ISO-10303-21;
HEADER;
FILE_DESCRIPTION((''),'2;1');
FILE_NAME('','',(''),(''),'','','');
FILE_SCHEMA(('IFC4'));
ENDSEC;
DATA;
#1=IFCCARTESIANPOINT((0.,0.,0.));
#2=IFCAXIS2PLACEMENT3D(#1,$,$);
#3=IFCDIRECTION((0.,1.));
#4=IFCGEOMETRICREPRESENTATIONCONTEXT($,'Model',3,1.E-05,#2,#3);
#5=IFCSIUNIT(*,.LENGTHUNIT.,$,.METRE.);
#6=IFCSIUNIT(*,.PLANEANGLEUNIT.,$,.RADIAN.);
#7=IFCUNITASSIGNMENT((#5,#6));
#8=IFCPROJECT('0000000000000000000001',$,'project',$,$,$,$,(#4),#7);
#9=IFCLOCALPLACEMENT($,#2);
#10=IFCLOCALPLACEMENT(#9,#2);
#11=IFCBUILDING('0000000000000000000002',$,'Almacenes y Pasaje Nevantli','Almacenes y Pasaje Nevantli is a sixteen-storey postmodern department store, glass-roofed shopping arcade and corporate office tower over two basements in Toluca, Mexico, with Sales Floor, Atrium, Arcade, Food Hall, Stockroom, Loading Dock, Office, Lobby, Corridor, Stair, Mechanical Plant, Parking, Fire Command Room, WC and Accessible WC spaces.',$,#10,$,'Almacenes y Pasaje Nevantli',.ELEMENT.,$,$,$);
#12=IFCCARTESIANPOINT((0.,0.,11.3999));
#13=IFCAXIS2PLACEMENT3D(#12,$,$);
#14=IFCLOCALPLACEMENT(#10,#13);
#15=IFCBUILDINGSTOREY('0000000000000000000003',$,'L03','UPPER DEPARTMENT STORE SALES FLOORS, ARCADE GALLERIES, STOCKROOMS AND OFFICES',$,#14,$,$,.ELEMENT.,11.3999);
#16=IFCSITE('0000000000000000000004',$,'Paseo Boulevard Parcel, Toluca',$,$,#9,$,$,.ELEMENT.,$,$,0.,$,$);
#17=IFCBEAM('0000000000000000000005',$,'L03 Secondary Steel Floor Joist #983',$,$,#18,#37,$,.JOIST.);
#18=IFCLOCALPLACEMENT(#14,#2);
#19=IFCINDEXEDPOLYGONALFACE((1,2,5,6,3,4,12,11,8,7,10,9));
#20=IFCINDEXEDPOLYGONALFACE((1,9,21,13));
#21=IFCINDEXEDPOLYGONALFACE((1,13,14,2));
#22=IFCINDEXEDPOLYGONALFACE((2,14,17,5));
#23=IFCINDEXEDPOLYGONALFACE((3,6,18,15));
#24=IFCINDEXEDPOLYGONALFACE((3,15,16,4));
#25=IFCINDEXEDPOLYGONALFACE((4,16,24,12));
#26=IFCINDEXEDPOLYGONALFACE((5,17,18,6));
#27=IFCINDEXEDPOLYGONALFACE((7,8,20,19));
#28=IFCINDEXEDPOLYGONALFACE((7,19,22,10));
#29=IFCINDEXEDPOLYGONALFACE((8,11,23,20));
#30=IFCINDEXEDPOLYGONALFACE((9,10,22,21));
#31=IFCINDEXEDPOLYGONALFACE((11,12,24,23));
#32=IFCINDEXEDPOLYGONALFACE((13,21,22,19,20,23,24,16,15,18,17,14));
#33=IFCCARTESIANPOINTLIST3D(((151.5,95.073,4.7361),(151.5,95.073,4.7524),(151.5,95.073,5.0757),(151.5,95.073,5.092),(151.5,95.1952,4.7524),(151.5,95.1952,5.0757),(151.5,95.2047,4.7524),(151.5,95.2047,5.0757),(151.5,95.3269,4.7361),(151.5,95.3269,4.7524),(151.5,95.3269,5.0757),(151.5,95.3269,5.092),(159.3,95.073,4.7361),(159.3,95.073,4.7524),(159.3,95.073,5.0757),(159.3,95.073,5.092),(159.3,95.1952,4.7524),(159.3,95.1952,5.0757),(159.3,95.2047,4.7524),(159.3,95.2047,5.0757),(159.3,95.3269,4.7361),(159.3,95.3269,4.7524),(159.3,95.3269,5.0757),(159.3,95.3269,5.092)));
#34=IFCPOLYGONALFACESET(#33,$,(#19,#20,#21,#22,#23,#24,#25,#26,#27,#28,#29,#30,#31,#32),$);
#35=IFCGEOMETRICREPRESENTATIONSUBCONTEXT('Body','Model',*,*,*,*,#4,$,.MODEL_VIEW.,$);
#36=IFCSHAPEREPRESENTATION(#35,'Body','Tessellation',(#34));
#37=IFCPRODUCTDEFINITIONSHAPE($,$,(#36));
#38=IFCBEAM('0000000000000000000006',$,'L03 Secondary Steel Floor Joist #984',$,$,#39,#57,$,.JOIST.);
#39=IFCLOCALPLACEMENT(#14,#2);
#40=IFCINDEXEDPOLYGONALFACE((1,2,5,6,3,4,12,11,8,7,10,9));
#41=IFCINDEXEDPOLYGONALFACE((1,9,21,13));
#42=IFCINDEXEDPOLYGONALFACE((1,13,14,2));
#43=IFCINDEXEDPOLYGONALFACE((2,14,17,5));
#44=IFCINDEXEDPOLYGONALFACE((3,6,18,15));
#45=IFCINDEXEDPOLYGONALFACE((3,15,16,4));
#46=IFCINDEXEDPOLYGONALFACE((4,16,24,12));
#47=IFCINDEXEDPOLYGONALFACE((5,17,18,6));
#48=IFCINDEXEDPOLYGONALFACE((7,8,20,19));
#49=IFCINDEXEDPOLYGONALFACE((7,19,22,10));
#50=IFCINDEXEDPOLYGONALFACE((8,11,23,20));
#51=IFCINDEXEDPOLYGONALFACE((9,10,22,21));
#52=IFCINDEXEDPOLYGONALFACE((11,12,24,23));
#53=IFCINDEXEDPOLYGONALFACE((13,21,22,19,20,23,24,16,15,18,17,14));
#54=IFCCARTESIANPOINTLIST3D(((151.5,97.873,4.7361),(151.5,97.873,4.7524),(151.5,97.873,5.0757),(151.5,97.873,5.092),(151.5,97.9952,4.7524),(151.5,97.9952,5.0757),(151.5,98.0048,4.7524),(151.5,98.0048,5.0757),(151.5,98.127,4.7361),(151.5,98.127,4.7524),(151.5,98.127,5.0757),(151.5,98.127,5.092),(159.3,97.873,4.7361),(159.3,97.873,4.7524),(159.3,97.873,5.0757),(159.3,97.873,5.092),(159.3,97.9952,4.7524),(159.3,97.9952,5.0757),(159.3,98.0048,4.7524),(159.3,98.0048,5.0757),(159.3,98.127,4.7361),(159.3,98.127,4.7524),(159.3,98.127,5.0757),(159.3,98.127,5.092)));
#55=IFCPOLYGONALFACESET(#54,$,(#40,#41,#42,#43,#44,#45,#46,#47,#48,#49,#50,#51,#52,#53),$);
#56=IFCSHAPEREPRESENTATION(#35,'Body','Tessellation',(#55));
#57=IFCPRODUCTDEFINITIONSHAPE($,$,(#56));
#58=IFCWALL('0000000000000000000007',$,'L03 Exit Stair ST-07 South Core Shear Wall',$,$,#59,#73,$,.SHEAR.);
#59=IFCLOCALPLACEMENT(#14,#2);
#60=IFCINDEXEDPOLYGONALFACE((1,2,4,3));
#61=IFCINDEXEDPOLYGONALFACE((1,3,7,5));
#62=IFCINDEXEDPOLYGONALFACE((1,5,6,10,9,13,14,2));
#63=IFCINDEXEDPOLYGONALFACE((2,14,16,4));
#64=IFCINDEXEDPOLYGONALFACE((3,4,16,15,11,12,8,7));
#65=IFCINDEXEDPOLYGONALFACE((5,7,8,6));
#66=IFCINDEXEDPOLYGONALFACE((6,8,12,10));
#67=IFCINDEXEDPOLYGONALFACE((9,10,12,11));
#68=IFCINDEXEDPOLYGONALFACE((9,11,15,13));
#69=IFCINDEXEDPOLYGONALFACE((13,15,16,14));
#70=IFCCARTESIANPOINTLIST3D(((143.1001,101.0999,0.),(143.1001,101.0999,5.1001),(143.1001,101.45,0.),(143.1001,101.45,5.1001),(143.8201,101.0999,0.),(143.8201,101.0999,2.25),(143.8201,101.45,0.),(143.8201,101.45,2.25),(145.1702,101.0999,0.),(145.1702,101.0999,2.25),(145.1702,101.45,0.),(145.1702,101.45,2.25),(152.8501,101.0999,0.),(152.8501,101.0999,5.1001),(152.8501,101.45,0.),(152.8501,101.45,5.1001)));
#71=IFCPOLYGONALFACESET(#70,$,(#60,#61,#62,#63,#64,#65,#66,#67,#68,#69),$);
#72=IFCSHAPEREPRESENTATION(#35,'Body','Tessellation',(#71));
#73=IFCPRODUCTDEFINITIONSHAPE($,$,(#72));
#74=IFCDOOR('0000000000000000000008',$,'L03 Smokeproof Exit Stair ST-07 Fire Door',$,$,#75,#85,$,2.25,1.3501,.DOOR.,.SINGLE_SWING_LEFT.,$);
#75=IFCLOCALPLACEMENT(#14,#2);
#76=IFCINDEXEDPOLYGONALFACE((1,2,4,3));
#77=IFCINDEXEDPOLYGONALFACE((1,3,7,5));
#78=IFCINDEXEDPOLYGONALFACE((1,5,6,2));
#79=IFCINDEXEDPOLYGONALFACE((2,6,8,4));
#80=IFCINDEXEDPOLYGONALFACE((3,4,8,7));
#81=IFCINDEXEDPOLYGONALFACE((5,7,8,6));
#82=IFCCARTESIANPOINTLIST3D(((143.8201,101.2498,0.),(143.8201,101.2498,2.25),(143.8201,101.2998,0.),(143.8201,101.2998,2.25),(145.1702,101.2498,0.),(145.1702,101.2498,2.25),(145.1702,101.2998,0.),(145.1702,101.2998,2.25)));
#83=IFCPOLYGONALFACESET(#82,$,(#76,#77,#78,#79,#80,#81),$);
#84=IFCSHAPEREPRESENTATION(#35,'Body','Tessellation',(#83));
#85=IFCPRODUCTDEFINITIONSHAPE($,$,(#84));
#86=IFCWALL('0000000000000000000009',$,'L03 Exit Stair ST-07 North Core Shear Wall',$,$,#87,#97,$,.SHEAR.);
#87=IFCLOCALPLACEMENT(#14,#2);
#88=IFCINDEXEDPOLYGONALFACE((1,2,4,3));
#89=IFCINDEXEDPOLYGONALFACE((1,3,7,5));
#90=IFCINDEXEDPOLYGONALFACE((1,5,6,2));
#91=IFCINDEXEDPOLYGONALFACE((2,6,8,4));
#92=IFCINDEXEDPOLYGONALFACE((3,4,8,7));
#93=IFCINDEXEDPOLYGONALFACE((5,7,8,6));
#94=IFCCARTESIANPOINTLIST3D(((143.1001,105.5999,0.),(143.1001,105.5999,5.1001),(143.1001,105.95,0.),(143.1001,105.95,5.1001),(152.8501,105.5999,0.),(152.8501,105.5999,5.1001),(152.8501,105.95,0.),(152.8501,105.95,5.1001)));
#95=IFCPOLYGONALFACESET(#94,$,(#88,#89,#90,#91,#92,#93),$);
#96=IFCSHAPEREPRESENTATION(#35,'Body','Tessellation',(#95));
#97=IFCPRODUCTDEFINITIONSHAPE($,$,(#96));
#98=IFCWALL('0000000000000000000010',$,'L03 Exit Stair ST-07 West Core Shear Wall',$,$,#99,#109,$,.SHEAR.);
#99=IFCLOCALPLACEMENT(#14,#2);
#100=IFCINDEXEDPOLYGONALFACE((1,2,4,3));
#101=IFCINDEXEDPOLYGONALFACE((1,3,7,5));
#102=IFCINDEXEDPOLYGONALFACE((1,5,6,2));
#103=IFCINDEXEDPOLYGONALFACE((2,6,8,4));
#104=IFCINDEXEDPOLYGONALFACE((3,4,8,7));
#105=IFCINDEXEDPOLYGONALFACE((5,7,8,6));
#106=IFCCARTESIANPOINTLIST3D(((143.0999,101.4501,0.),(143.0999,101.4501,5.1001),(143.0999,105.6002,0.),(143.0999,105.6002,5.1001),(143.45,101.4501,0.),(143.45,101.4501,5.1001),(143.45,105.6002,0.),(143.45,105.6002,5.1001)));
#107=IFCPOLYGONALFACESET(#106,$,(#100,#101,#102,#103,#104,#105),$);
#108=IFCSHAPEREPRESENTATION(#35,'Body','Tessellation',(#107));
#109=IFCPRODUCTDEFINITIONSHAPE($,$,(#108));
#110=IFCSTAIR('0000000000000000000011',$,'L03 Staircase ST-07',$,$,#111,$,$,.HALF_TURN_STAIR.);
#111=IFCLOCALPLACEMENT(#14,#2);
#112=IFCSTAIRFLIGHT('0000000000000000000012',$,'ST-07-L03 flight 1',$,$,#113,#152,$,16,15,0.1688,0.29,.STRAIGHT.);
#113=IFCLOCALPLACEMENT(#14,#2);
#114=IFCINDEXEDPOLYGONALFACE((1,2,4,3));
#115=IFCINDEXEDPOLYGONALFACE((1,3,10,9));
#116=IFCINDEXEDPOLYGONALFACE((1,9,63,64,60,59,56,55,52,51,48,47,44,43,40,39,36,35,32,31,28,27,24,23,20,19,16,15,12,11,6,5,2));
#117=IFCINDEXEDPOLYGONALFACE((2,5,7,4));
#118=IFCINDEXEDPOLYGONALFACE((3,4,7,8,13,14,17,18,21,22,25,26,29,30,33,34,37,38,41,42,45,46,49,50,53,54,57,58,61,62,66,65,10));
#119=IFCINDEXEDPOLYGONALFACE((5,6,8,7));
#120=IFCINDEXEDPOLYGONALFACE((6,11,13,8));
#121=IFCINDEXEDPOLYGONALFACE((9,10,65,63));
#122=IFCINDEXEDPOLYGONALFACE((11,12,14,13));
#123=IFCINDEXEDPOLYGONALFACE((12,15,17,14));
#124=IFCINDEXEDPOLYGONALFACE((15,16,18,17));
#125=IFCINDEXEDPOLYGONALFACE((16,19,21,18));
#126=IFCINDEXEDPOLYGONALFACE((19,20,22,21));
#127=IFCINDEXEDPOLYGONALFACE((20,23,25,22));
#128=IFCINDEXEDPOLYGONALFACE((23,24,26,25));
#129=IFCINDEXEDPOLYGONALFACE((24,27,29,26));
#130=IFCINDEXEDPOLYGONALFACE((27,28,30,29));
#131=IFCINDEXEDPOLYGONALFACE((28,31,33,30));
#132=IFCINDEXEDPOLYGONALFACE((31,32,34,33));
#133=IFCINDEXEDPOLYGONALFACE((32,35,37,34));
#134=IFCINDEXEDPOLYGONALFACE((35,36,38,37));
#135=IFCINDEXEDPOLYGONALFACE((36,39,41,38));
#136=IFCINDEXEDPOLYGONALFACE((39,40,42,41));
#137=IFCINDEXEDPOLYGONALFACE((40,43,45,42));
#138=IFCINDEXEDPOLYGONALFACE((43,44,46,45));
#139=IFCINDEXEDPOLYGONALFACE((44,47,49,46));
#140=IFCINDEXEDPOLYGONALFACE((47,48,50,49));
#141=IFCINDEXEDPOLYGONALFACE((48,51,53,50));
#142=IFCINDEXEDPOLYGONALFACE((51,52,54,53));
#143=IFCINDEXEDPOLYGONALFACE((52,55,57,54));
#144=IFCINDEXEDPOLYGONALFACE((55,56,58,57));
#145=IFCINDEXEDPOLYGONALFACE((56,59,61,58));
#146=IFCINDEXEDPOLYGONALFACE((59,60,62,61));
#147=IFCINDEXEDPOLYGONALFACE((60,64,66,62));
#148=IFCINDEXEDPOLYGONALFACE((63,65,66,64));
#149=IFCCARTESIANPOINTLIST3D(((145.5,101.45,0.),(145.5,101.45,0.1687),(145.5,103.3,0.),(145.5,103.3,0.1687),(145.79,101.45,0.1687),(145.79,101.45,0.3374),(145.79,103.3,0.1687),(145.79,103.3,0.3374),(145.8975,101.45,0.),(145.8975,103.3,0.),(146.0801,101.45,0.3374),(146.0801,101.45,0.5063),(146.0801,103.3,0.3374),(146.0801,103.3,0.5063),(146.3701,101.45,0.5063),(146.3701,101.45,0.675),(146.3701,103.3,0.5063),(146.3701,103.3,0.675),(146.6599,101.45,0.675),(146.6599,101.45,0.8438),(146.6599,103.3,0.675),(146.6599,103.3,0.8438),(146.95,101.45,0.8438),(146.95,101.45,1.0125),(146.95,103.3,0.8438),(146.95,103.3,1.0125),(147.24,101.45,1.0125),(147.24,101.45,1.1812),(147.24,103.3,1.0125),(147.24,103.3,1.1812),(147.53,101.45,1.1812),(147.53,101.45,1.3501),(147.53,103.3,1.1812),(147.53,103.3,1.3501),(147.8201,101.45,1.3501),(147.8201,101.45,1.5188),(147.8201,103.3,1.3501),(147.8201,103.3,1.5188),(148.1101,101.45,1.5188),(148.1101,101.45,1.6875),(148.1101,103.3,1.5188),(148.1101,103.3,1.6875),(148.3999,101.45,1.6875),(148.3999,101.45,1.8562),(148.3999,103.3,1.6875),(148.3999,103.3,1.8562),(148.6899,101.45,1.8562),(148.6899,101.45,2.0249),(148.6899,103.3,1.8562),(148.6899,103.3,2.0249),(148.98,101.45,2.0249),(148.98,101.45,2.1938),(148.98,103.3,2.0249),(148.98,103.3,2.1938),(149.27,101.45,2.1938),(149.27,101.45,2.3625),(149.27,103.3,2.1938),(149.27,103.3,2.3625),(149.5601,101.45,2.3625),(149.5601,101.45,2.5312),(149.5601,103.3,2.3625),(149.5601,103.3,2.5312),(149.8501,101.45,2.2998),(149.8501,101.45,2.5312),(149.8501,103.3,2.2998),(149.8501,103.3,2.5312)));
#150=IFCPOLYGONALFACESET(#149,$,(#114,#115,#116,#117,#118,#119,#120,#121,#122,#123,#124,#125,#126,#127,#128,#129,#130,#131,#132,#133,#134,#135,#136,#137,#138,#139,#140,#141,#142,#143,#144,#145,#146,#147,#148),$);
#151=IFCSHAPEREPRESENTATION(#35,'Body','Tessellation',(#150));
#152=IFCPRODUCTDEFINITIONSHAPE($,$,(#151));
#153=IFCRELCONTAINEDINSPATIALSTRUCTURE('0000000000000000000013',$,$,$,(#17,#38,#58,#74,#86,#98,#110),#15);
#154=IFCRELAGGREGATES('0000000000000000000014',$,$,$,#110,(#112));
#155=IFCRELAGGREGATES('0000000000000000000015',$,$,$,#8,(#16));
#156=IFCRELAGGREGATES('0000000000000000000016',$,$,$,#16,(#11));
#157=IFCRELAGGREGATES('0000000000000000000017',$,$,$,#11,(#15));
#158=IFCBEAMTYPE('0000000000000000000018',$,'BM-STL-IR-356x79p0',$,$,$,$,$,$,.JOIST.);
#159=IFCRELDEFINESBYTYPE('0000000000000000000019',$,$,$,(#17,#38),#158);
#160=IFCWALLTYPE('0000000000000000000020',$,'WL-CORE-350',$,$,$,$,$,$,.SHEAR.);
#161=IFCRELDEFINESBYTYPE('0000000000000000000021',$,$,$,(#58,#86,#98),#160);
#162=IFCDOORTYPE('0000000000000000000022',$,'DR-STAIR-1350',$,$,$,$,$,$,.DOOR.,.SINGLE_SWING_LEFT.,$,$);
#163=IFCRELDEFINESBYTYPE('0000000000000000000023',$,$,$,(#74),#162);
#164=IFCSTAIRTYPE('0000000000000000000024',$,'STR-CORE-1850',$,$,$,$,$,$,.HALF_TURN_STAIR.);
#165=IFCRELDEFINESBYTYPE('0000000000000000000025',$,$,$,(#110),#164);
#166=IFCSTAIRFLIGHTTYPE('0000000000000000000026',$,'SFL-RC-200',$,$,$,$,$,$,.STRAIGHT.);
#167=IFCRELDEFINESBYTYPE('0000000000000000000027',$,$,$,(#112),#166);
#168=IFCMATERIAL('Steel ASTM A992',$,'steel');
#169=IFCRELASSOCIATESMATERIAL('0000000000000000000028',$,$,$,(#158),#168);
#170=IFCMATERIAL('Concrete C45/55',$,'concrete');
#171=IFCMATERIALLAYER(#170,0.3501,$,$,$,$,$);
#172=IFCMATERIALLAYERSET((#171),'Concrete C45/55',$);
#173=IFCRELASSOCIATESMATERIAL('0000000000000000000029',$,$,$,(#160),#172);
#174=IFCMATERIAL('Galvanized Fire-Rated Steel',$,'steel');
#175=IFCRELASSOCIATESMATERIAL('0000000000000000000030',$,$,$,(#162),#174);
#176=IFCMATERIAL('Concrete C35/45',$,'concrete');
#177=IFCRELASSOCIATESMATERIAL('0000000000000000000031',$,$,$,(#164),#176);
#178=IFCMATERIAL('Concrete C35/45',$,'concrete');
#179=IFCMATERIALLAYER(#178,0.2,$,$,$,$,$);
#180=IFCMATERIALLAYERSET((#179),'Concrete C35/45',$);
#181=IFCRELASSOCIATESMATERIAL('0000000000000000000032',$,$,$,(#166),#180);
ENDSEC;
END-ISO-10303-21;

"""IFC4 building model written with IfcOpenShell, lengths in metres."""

from ifc_helpers import new_model, si_unit, direction, frame, frame_2d, origin, origin_2d, place, context, subcontext, project, spatial, polyline, rectangle, i_section, outline, extrude, material, layer, layer_set, material_profile, profile_set, type_object, element, fill, aggregate, save


model = new_model("IFC4")

# Units and contexts
model_context = context("Model", 3, precision=1e-05, world=origin(), true_north=direction((0.0, 1.0)))
body_context = subcontext(model_context, "Body", "Model", "MODEL_VIEW")
ifc_project = project(units=[si_unit("LENGTHUNIT", "METRE"), si_unit("PLANEANGLEUNIT", "RADIAN")], contexts=[model_context])

# Site, building, storey
site_placement = place(None, origin())
site = spatial("IfcSite", under=ifc_project, at=site_placement, Name="Paseo Boulevard Parcel, Toluca", CompositionType="ELEMENT", RefElevation=0.0)
building_placement = place(site_placement, origin())
building = spatial("IfcBuilding", under=site, at=building_placement, Name="Almacenes y Pasaje Nevantli", Description="Almacenes y Pasaje Nevantli is a sixteen-storey postmodern department store, glass-roofed shopping arcade and corporate office tower over two basements in Toluca, Mexico, with Sales Floor, Atrium, Arcade, Food Hall, Stockroom, Loading Dock, Office, Lobby, Corridor, Stair, Mechanical Plant, Parking, Fire Command Room, WC and Accessible WC spaces.", LongName="Almacenes y Pasaje Nevantli", CompositionType="ELEMENT")
storey_placement = place(building_placement, frame((0.0, 0.0, 11.3999)))
storey = spatial("IfcBuildingStorey", under=building, at=storey_placement, Name="L03", Description="UPPER DEPARTMENT STORE SALES FLOORS, ARCADE GALLERIES, STOCKROOMS AND OFFICES", CompositionType="ELEMENT", Elevation=11.3999)

# Beams
ifc_material_1 = material(Name="Steel ASTM A992", Category="steel")
ifc_material_profile_1 = material_profile(ifc_material_1, i_section(OverallWidth=0.2539, OverallDepth=0.356, WebThickness=0.0095, FlangeThickness=0.0164, at=origin_2d()), Name="IR 356x79.0")
ifc_profile_set_1 = profile_set([ifc_material_profile_1], Name="Steel ASTM A992")
beam_type_1 = type_object("IfcBeamType", Name="BM-STL-IR-356x79p0", PredefinedType="JOIST", material=ifc_profile_set_1)
for number, where, z_axis, x_axis, name in (
    (1, (151.5, 95.2, 4.9141), (1.0, 0.0, 0.0), (0.0, 1.0, 0.0), "L03 Secondary Steel Floor Joist #983"),
    (2, (151.5, 98.0, 4.9141), (1.0, 0.0, 0.0), (0.0, 1.0, 0.0), "L03 Secondary Steel Floor Joist #984"),
):
    element("IfcBeam", number, at=place(storey_placement, frame(where, z_axis=z_axis, x_axis=x_axis)), inside=storey, type_object=beam_type_1, Name=name, PredefinedType="JOIST", context=body_context, shape_type="SweptSolid", body=[
        extrude(i_section(OverallWidth=0.2539, OverallDepth=0.356, WebThickness=0.0095, FlangeThickness=0.0164, at=origin_2d()), origin(), (0.0, 0.0, 1.0), 7.8),
    ])

# Wall, opening, door
ifc_material_2 = material(Name="Concrete C45/55", Category="concrete")
ifc_layer_1 = layer(ifc_material_2, 0.3501)
ifc_layer_set_1 = layer_set([ifc_layer_1], Name="Concrete C45/55")
wall_type = type_object("IfcWallType", Name="WL-CORE-350", PredefinedType="SHEAR", material=ifc_layer_set_1)
wall_1_placement = place(storey_placement, frame((143.1001, 101.2749, 0.0), z_axis=(0.0, 0.0, 1.0), x_axis=(1.0, 0.0, 0.0)))
wall_1 = element("IfcWall", 3, at=wall_1_placement, inside=storey, type_object=wall_type, Name="L03 Exit Stair ST-07 South Core Shear Wall", PredefinedType="SHEAR", context=body_context, shape_type="SweptSolid", body=[
    extrude(rectangle(XDim=9.75, YDim=0.3501, at=frame_2d((4.875, 0.0))), origin(), (0.0, 0.0, 1.0), 5.1001),
])
opening_placement = place(wall_1_placement, frame((0.72, 0.0, 0.0)))
opening = element("IfcOpeningElement", 4, at=opening_placement, cuts=wall_1, PredefinedType="OPENING", context=body_context, shape_type="SweptSolid", body=[
    extrude(rectangle(XDim=1.3501, YDim=2.25, at=frame_2d((0.675, 1.125))), frame((0.0, 0.1851, 0.0), z_axis=(0.0, -1.0, 0.0), x_axis=(1.0, 0.0, 0.0)), (0.0, 0.0, 1.0), 0.3701),
])
ifc_material_3 = material(Name="Galvanized Fire-Rated Steel", Category="steel")
door_type = type_object("IfcDoorType", Name="DR-STAIR-1350", OperationType="SINGLE_SWING_LEFT", PredefinedType="DOOR", material=ifc_material_3)
door_placement = place(opening_placement, origin())
door = element("IfcDoor", 5, at=door_placement, inside=storey, type_object=door_type, Name="L03 Smokeproof Exit Stair ST-07 Fire Door", OperationType="SINGLE_SWING_LEFT", OverallHeight=2.25, OverallWidth=1.3501, PredefinedType="DOOR", context=body_context, shape_type="SweptSolid", body=[
    extrude(rectangle(XDim=1.3501, YDim=2.25, at=frame_2d((0.675, 1.125))), frame((0.0, 0.0249, 0.0), z_axis=(0.0, -1.0, 0.0), x_axis=(1.0, 0.0, 0.0)), (0.0, 0.0, 1.0), 0.05),
])
fill(opening, door)

# Walls
wall_2_placement = place(storey_placement, frame((143.1001, 105.7749, 0.0), z_axis=(0.0, 0.0, 1.0), x_axis=(1.0, 0.0, 0.0)))
element("IfcWall", 6, at=wall_2_placement, inside=storey, type_object=wall_type, Name="L03 Exit Stair ST-07 North Core Shear Wall", PredefinedType="SHEAR", context=body_context, shape_type="SweptSolid", body=[
    extrude(rectangle(XDim=9.75, YDim=0.3501, at=frame_2d((4.875, 0.0))), origin(), (0.0, 0.0, 1.0), 5.1001),
])
wall_3_placement = place(storey_placement, frame((143.2749, 101.45, 0.0), z_axis=(0.0, 0.0, 1.0), x_axis=(0.0, 1.0, 0.0)))
element("IfcWall", 7, at=wall_3_placement, inside=storey, type_object=wall_type, Name="L03 Exit Stair ST-07 West Core Shear Wall", PredefinedType="SHEAR", context=body_context, shape_type="SweptSolid", body=[
    extrude(rectangle(XDim=4.1501, YDim=0.3501, at=frame_2d((2.0752, 0.0))), origin(), (0.0, 0.0, 1.0), 5.1001),
])

# Stair, stair flight
ifc_material_4 = material(Name="Concrete C35/45", Category="concrete")
stair_type = type_object("IfcStairType", Name="STR-CORE-1850", PredefinedType="HALF_TURN_STAIR", material=ifc_material_4)
stair_placement = place(storey_placement, origin())
stair = element("IfcStair", 8, at=stair_placement, inside=storey, type_object=stair_type, Name="L03 Staircase ST-07", PredefinedType="HALF_TURN_STAIR")
ifc_material_5 = material(Name="Concrete C35/45", Category="concrete")
ifc_layer_2 = layer(ifc_material_5, 0.2)
ifc_layer_set_2 = layer_set([ifc_layer_2], Name="Concrete C35/45")
stair_flight_type = type_object("IfcStairFlightType", Name="SFL-RC-200", PredefinedType="STRAIGHT", material=ifc_layer_set_2)
stair_flight_1_placement = place(storey_placement, frame((145.5, 102.375, 0.0), z_axis=(0.0, 0.0, 1.0), x_axis=(1.0, 0.0, 0.0)))
stair_flight_1 = element("IfcStairFlight", 9, at=stair_flight_1_placement, type_object=stair_flight_type, Name="ST-07-L03 flight 1", NumberOfRisers=16, NumberOfTreads=15, PredefinedType="STRAIGHT", RiserHeight=0.1688, TreadLength=0.29, context=body_context, shape_type="SweptSolid", body=[
    extrude(outline(polyline([(0.0, 0.0), (0.0, 0.1687), (0.29, 0.1687), (0.29, 0.3374), (0.5801, 0.3374), (0.5801, 0.5063), (0.8701, 0.5063), (0.8701, 0.675), (1.1599, 0.675), (1.1599, 0.8438), (1.45, 0.8438), (1.45, 1.0125), (1.74, 1.0125), (1.74, 1.1812), (2.03, 1.1812), (2.03, 1.3501), (2.3201, 1.3501), (2.3201, 1.5188), (2.6101, 1.5188), (2.6101, 1.6875), (2.8999, 1.6875), (2.8999, 1.8562), (3.1899, 1.8562), (3.1899, 2.0249), (3.48, 2.0249), (3.48, 2.1938), (3.77, 2.1938), (3.77, 2.3625), (4.0601, 2.3625), (4.0601, 2.5312), (4.3501, 2.5312), (4.3501, 2.7), (4.3501, 2.2998), (0.3975, 0.0), (0.0, 0.0)])), frame((0.0, 0.925, 0.0), z_axis=(0.0, -1.0, 0.0), x_axis=(1.0, 0.0, 0.0)), (0.0, 0.0, 1.0), 1.8501),
])
aggregate(stair, [stair_flight_1])

save(model, "model.ifc")
